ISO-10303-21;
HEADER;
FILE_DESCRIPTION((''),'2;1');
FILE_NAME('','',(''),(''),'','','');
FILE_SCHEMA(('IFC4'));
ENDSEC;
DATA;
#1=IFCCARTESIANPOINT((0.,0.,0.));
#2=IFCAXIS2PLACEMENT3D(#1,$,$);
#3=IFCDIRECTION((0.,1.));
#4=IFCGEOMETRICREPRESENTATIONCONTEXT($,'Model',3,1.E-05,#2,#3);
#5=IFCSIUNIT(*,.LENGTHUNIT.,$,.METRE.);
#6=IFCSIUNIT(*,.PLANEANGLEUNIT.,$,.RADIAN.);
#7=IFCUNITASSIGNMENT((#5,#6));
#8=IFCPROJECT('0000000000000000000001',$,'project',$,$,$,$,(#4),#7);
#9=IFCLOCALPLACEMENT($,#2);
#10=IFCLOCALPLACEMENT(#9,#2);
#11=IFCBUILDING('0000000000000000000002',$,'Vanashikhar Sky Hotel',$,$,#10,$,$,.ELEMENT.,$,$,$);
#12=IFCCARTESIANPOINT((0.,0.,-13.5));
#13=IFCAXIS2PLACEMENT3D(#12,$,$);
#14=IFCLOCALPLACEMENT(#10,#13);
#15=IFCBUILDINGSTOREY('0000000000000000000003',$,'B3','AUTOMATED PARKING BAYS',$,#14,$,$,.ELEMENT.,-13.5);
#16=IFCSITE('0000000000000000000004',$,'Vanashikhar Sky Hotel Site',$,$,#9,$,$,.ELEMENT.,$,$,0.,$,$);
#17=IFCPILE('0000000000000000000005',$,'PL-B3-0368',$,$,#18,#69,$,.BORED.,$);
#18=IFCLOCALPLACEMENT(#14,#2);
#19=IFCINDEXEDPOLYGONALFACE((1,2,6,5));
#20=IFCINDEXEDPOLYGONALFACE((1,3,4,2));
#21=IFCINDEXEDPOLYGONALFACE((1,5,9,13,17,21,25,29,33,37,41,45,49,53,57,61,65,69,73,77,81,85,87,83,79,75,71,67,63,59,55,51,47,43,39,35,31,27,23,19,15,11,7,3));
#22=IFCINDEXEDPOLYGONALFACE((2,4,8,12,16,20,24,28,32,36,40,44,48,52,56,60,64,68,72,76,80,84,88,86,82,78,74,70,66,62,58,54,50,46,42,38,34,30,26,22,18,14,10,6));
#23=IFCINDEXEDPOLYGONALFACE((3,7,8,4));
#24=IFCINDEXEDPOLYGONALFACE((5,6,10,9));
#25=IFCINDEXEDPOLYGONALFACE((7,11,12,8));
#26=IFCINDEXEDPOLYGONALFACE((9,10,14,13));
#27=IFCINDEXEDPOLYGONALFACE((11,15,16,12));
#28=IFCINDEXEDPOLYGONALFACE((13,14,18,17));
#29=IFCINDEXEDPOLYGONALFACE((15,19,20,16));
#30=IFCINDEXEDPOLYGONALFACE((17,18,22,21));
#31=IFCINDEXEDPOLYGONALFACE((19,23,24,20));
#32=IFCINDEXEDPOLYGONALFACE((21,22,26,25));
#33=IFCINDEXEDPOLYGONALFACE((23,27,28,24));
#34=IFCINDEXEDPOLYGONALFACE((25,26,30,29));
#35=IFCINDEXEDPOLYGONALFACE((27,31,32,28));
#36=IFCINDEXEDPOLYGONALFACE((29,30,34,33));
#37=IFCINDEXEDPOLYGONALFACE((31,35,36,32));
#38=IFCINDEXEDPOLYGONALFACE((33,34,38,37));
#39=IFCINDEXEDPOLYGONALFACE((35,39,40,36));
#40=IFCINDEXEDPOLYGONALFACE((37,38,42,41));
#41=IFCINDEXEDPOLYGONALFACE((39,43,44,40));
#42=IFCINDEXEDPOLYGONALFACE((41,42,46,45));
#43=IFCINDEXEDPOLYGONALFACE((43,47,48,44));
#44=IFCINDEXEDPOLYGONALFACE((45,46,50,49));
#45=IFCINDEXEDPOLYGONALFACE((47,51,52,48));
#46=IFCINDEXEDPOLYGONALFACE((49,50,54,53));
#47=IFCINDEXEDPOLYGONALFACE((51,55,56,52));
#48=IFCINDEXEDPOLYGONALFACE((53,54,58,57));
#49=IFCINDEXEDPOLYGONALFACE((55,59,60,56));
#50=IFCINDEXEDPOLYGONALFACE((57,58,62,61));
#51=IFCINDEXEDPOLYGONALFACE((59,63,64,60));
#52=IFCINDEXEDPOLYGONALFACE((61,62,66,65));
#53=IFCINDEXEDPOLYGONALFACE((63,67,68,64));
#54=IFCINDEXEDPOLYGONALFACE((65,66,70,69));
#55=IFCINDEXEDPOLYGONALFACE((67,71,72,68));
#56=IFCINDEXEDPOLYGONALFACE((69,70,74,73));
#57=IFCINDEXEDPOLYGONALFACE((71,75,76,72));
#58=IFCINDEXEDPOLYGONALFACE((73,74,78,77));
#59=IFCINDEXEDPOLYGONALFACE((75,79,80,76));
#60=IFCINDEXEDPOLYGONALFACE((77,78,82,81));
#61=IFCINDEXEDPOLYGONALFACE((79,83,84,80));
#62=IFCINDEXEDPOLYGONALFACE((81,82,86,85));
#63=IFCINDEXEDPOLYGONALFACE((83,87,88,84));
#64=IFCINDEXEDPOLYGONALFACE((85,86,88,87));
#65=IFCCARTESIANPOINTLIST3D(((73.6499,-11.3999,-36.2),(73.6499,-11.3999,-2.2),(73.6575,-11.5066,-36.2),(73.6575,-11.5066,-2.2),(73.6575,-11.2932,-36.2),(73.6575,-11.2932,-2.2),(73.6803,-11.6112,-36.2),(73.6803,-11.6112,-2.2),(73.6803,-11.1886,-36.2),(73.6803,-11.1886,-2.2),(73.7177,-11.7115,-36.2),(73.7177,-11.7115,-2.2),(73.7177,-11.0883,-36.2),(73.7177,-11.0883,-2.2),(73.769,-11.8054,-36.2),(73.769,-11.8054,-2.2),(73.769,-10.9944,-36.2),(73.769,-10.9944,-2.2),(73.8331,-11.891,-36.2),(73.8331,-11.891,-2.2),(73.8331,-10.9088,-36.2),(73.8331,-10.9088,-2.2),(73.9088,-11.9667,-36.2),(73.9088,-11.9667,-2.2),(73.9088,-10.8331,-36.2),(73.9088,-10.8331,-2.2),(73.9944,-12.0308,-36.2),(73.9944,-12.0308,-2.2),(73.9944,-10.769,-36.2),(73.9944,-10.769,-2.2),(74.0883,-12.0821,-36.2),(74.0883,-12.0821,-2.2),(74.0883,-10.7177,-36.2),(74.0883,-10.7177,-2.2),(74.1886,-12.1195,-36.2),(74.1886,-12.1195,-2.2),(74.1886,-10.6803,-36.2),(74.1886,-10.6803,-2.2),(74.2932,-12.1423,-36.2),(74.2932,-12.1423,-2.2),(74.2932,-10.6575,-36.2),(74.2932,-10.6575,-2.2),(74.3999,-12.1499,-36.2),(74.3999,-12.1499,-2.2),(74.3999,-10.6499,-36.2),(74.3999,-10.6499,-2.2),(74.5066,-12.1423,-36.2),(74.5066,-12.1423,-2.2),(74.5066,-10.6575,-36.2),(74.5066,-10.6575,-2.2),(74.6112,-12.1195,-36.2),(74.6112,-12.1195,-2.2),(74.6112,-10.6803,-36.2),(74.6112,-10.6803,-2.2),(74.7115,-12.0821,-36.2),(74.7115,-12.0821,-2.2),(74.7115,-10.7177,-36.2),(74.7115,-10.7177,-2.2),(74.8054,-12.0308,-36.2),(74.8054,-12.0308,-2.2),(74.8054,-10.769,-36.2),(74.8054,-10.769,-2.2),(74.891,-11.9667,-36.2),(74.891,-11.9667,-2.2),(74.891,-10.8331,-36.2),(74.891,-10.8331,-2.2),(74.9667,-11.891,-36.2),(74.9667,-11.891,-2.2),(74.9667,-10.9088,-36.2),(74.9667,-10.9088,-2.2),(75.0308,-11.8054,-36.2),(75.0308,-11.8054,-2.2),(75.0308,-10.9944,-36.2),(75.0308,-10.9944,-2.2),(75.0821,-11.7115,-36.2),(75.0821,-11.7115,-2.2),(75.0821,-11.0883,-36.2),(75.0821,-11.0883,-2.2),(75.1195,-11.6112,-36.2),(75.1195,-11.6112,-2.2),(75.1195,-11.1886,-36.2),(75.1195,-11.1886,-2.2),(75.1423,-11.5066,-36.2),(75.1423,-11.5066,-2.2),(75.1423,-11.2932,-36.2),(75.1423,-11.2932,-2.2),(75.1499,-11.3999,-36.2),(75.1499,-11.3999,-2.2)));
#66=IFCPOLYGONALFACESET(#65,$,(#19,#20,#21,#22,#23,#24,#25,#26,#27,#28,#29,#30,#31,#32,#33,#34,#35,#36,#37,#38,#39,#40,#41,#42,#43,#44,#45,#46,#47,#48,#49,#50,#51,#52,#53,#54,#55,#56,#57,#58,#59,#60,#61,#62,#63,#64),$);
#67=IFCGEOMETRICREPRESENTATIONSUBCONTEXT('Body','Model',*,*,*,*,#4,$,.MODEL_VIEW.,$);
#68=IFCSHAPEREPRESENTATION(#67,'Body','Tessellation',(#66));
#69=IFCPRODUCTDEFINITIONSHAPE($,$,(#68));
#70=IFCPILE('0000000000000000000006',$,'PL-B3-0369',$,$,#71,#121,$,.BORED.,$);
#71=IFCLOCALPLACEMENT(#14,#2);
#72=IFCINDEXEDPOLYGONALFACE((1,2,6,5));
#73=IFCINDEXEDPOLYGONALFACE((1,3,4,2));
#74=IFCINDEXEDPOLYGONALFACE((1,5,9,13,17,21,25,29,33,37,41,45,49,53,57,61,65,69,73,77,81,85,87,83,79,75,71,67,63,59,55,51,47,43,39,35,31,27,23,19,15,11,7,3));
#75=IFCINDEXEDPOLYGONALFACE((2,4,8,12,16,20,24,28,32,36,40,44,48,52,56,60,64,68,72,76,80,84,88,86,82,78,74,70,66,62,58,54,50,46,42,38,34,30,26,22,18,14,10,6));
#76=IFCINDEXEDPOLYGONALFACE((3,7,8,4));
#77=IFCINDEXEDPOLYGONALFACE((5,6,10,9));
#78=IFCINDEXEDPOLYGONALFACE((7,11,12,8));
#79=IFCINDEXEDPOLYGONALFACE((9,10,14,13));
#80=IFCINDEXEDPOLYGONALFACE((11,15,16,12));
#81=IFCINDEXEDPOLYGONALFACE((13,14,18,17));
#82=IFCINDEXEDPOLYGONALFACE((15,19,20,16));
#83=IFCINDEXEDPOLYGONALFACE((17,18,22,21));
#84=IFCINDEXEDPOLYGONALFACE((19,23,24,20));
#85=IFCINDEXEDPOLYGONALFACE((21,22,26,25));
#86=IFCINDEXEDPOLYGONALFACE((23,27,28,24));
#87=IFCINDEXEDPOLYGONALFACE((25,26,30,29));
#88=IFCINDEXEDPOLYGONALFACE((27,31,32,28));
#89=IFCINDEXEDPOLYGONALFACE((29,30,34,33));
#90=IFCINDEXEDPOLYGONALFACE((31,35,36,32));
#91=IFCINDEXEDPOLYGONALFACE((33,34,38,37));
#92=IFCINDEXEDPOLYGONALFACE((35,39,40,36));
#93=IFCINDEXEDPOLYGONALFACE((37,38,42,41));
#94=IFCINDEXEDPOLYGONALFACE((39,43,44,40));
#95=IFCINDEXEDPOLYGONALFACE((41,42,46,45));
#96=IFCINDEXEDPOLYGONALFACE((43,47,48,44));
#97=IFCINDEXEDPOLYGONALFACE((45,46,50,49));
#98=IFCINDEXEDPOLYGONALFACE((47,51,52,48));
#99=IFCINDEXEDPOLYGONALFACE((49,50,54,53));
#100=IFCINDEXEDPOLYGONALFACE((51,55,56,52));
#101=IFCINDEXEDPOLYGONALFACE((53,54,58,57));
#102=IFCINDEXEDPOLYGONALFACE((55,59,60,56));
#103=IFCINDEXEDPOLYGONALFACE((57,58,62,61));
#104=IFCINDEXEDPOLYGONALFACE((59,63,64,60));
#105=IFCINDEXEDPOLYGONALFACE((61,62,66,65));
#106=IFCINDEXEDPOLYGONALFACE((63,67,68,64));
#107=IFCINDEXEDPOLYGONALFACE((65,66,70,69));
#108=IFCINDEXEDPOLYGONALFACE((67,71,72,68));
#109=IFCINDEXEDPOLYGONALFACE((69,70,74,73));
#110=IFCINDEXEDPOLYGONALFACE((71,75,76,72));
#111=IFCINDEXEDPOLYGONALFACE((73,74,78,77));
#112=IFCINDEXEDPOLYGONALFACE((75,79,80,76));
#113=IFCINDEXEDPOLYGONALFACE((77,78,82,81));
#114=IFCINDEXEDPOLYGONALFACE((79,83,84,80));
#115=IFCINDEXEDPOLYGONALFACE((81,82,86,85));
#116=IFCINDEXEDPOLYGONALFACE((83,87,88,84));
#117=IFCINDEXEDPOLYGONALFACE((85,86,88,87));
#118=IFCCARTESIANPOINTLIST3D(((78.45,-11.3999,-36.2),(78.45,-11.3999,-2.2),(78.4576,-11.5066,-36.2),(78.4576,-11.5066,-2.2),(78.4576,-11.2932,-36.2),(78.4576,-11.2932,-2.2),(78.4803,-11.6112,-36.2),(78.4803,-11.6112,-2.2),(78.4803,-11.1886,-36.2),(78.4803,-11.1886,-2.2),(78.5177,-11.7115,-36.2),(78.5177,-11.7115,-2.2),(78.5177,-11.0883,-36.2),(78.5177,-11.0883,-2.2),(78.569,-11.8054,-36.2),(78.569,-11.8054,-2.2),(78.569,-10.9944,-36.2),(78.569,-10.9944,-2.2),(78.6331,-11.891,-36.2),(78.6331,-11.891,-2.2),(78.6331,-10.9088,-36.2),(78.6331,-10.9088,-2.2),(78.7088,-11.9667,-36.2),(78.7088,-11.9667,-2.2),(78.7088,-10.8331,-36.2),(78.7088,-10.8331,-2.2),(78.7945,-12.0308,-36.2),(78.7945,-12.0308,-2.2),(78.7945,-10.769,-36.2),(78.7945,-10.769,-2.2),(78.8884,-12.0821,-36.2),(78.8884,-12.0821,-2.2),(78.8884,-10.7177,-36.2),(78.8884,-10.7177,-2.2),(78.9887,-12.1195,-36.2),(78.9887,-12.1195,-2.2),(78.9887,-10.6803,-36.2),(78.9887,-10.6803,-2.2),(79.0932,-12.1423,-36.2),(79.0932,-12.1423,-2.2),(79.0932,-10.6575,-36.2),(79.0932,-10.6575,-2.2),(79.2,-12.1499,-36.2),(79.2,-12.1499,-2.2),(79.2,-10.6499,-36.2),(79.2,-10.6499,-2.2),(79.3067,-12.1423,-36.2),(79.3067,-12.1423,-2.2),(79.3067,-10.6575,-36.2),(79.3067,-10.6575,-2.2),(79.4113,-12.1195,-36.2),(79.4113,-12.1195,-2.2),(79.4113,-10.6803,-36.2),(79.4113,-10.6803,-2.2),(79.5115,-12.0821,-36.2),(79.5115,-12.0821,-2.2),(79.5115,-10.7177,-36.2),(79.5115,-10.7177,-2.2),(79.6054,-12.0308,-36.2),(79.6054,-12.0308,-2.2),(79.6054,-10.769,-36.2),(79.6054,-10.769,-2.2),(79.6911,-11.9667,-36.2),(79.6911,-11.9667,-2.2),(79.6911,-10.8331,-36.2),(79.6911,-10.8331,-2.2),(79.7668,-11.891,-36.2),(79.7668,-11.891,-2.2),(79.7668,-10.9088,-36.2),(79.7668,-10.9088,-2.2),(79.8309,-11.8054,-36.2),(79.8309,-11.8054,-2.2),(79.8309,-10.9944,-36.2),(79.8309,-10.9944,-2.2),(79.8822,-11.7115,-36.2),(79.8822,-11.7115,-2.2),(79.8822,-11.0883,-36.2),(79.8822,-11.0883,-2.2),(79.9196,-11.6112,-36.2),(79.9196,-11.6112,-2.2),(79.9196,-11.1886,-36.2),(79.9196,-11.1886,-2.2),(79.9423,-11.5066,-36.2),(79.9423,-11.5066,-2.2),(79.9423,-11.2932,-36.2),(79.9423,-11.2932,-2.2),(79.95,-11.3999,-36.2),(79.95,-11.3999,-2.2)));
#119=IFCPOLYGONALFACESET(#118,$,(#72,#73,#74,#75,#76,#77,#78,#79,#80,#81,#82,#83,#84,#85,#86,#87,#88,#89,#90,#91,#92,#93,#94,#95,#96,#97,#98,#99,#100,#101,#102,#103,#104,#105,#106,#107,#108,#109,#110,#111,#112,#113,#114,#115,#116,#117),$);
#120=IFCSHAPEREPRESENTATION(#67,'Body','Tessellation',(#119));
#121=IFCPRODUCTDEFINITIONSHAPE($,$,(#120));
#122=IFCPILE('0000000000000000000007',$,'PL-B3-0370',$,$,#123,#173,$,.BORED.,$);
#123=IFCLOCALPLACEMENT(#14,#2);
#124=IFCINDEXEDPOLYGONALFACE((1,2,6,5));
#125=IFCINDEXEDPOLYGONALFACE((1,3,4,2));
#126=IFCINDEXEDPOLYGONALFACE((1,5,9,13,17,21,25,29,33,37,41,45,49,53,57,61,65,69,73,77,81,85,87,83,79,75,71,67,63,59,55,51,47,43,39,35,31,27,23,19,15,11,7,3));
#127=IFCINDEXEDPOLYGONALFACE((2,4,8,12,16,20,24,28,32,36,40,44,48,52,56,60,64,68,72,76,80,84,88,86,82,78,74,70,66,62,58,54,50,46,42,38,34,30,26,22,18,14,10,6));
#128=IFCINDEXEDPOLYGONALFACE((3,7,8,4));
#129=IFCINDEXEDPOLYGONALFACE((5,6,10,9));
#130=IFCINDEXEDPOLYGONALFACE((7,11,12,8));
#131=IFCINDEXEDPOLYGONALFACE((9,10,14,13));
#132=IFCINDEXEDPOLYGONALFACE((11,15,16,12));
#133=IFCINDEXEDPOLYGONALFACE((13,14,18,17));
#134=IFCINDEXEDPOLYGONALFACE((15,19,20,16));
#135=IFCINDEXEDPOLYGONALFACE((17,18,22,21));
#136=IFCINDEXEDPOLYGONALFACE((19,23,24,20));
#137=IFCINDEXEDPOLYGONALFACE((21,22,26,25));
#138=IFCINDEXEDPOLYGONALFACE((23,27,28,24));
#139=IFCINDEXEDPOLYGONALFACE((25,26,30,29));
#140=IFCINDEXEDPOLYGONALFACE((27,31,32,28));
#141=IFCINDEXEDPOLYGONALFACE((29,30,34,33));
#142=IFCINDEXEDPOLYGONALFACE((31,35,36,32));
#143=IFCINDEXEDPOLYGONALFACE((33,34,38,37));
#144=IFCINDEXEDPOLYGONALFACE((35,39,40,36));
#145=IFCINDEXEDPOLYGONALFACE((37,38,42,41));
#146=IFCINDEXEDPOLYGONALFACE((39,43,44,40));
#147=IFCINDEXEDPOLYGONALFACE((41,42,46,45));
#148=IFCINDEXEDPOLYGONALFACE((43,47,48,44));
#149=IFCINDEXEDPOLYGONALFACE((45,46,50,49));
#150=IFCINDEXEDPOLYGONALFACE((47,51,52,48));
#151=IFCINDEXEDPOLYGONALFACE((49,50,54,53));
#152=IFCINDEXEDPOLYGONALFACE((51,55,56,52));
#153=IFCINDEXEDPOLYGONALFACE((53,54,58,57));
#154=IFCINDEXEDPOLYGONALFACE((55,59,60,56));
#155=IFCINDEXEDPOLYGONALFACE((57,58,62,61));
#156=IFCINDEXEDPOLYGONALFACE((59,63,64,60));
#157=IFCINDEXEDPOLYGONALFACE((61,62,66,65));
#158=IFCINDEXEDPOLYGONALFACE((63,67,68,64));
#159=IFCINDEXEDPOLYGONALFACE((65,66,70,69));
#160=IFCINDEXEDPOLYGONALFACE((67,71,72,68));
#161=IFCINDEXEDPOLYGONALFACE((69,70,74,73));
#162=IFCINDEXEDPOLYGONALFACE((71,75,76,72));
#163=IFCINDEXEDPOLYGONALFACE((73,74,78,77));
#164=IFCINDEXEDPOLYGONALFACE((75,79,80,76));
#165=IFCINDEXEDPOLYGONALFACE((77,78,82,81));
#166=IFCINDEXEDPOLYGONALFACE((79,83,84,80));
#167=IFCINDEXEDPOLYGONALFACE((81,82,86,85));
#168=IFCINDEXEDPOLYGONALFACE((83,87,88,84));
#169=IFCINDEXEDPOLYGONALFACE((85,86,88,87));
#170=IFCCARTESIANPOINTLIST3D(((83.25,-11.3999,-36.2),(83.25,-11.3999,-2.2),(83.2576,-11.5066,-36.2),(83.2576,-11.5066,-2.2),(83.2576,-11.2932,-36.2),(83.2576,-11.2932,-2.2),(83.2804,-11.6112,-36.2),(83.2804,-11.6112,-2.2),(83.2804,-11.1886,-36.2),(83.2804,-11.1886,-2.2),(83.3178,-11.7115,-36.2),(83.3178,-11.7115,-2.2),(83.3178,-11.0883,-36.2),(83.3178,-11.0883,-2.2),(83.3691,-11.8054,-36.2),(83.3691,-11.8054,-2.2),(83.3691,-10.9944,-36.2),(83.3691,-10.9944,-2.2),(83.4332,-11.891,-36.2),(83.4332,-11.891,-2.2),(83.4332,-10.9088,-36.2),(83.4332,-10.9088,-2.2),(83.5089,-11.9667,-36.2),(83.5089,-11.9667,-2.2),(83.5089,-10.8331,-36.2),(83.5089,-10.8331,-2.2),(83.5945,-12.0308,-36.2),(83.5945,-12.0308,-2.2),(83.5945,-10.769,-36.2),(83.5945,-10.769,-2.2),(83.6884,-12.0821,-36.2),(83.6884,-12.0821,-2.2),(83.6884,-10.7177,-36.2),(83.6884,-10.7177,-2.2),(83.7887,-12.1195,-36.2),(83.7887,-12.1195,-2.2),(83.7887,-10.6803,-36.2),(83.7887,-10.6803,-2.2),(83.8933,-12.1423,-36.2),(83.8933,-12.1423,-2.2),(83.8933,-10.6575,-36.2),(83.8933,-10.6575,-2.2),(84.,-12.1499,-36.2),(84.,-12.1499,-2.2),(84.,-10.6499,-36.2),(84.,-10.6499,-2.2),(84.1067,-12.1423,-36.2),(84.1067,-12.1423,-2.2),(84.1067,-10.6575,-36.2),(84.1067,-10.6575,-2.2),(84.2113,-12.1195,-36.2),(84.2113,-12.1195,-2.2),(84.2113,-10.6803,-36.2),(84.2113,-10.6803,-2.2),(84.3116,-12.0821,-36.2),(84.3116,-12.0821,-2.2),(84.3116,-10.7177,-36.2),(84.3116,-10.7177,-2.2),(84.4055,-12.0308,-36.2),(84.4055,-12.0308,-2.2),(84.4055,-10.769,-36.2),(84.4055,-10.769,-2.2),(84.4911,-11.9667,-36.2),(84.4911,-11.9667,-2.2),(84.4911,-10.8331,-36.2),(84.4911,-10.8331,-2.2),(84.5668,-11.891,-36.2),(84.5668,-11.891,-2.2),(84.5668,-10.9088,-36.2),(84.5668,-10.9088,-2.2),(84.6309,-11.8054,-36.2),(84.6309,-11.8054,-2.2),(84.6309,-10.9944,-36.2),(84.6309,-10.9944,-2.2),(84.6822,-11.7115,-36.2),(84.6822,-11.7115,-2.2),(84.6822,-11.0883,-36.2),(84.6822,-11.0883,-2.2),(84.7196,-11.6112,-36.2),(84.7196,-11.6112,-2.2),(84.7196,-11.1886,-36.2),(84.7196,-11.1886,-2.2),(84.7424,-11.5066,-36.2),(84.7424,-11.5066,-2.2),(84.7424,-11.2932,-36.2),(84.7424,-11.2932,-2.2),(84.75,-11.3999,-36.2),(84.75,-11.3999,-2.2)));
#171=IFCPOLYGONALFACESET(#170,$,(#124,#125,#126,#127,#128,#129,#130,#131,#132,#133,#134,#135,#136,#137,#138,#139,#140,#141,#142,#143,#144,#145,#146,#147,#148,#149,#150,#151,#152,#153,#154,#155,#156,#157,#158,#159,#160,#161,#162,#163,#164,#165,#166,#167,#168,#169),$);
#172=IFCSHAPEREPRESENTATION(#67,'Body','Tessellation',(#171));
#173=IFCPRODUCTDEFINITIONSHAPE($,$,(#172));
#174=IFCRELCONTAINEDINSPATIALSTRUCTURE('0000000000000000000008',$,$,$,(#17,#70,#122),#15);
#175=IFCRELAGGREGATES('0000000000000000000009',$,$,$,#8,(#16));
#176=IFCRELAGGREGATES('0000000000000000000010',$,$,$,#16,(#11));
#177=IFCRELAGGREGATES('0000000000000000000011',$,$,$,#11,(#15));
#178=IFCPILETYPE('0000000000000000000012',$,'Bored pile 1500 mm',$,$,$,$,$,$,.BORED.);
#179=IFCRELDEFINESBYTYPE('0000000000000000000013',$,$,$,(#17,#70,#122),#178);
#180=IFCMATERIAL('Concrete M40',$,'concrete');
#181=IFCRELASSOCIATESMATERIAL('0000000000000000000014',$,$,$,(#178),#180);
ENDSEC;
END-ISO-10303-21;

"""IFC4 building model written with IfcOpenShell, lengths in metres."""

from ifc_helpers import new_model, si_unit, direction, frame, origin, origin_2d, place, context, subcontext, project, spatial, circle, extrude, source, transform, mapped, material, type_object, element, save


model = new_model("IFC4")

# Units and contexts
model_context = context("Model", 3, precision=1e-05, world=origin(), true_north=direction((0.0, 1.0)))
body_context = subcontext(model_context, "Body", "Model", "MODEL_VIEW")
ifc_project = project(units=[si_unit("LENGTHUNIT", "METRE"), si_unit("PLANEANGLEUNIT", "RADIAN")], contexts=[model_context])

# Site, building, storey
site_placement = place(None, origin())
site = spatial("IfcSite", under=ifc_project, at=site_placement, Name="Vanashikhar Sky Hotel Site", CompositionType="ELEMENT", RefElevation=0.0)
building_placement = place(site_placement, origin())
building = spatial("IfcBuilding", under=site, at=building_placement, Name="Vanashikhar Sky Hotel", CompositionType="ELEMENT")
storey_placement = place(building_placement, frame((0.0, 0.0, -13.5)))
storey = spatial("IfcBuildingStorey", under=building, at=storey_placement, Name="B3", Description="AUTOMATED PARKING BAYS", CompositionType="ELEMENT", Elevation=-13.5)

# Piles
ifc_material_1 = material(Name="Concrete M40", Category="concrete")
pile_type_1 = type_object("IfcPileType", Name="Bored pile 1500 mm", PredefinedType="BORED", material=ifc_material_1)
shared_shape_1 = source(origin(), body_context, "Body", "SweptSolid", [
    extrude(circle(Radius=0.75, at=origin_2d()), origin(), (0.0, 0.0, 1.0), 34.0),
])
for number, where, z_axis, x_axis, name in (
    (1, (74.3999, -11.3999, -2.2), (0.0, 0.0, -1.0), (1.0, 0.0, 0.0), "PL-B3-0368"),
    (2, (79.2, -11.3999, -2.2), (0.0, 0.0, -1.0), (1.0, 0.0, 0.0), "PL-B3-0369"),
    (3, (84.0, -11.3999, -2.2), (0.0, 0.0, -1.0), (1.0, 0.0, 0.0), "PL-B3-0370"),
):
    element("IfcPile", number, at=place(storey_placement, frame(where, z_axis=z_axis, x_axis=x_axis)), inside=storey, type_object=pile_type_1, Name=name, PredefinedType="BORED", context=body_context, shape_type="MappedRepresentation", body=[
        mapped(shared_shape_1, transform((0.0, 0.0, 0.0), scale=1.0)),
    ])

save(model, "model.ifc")
